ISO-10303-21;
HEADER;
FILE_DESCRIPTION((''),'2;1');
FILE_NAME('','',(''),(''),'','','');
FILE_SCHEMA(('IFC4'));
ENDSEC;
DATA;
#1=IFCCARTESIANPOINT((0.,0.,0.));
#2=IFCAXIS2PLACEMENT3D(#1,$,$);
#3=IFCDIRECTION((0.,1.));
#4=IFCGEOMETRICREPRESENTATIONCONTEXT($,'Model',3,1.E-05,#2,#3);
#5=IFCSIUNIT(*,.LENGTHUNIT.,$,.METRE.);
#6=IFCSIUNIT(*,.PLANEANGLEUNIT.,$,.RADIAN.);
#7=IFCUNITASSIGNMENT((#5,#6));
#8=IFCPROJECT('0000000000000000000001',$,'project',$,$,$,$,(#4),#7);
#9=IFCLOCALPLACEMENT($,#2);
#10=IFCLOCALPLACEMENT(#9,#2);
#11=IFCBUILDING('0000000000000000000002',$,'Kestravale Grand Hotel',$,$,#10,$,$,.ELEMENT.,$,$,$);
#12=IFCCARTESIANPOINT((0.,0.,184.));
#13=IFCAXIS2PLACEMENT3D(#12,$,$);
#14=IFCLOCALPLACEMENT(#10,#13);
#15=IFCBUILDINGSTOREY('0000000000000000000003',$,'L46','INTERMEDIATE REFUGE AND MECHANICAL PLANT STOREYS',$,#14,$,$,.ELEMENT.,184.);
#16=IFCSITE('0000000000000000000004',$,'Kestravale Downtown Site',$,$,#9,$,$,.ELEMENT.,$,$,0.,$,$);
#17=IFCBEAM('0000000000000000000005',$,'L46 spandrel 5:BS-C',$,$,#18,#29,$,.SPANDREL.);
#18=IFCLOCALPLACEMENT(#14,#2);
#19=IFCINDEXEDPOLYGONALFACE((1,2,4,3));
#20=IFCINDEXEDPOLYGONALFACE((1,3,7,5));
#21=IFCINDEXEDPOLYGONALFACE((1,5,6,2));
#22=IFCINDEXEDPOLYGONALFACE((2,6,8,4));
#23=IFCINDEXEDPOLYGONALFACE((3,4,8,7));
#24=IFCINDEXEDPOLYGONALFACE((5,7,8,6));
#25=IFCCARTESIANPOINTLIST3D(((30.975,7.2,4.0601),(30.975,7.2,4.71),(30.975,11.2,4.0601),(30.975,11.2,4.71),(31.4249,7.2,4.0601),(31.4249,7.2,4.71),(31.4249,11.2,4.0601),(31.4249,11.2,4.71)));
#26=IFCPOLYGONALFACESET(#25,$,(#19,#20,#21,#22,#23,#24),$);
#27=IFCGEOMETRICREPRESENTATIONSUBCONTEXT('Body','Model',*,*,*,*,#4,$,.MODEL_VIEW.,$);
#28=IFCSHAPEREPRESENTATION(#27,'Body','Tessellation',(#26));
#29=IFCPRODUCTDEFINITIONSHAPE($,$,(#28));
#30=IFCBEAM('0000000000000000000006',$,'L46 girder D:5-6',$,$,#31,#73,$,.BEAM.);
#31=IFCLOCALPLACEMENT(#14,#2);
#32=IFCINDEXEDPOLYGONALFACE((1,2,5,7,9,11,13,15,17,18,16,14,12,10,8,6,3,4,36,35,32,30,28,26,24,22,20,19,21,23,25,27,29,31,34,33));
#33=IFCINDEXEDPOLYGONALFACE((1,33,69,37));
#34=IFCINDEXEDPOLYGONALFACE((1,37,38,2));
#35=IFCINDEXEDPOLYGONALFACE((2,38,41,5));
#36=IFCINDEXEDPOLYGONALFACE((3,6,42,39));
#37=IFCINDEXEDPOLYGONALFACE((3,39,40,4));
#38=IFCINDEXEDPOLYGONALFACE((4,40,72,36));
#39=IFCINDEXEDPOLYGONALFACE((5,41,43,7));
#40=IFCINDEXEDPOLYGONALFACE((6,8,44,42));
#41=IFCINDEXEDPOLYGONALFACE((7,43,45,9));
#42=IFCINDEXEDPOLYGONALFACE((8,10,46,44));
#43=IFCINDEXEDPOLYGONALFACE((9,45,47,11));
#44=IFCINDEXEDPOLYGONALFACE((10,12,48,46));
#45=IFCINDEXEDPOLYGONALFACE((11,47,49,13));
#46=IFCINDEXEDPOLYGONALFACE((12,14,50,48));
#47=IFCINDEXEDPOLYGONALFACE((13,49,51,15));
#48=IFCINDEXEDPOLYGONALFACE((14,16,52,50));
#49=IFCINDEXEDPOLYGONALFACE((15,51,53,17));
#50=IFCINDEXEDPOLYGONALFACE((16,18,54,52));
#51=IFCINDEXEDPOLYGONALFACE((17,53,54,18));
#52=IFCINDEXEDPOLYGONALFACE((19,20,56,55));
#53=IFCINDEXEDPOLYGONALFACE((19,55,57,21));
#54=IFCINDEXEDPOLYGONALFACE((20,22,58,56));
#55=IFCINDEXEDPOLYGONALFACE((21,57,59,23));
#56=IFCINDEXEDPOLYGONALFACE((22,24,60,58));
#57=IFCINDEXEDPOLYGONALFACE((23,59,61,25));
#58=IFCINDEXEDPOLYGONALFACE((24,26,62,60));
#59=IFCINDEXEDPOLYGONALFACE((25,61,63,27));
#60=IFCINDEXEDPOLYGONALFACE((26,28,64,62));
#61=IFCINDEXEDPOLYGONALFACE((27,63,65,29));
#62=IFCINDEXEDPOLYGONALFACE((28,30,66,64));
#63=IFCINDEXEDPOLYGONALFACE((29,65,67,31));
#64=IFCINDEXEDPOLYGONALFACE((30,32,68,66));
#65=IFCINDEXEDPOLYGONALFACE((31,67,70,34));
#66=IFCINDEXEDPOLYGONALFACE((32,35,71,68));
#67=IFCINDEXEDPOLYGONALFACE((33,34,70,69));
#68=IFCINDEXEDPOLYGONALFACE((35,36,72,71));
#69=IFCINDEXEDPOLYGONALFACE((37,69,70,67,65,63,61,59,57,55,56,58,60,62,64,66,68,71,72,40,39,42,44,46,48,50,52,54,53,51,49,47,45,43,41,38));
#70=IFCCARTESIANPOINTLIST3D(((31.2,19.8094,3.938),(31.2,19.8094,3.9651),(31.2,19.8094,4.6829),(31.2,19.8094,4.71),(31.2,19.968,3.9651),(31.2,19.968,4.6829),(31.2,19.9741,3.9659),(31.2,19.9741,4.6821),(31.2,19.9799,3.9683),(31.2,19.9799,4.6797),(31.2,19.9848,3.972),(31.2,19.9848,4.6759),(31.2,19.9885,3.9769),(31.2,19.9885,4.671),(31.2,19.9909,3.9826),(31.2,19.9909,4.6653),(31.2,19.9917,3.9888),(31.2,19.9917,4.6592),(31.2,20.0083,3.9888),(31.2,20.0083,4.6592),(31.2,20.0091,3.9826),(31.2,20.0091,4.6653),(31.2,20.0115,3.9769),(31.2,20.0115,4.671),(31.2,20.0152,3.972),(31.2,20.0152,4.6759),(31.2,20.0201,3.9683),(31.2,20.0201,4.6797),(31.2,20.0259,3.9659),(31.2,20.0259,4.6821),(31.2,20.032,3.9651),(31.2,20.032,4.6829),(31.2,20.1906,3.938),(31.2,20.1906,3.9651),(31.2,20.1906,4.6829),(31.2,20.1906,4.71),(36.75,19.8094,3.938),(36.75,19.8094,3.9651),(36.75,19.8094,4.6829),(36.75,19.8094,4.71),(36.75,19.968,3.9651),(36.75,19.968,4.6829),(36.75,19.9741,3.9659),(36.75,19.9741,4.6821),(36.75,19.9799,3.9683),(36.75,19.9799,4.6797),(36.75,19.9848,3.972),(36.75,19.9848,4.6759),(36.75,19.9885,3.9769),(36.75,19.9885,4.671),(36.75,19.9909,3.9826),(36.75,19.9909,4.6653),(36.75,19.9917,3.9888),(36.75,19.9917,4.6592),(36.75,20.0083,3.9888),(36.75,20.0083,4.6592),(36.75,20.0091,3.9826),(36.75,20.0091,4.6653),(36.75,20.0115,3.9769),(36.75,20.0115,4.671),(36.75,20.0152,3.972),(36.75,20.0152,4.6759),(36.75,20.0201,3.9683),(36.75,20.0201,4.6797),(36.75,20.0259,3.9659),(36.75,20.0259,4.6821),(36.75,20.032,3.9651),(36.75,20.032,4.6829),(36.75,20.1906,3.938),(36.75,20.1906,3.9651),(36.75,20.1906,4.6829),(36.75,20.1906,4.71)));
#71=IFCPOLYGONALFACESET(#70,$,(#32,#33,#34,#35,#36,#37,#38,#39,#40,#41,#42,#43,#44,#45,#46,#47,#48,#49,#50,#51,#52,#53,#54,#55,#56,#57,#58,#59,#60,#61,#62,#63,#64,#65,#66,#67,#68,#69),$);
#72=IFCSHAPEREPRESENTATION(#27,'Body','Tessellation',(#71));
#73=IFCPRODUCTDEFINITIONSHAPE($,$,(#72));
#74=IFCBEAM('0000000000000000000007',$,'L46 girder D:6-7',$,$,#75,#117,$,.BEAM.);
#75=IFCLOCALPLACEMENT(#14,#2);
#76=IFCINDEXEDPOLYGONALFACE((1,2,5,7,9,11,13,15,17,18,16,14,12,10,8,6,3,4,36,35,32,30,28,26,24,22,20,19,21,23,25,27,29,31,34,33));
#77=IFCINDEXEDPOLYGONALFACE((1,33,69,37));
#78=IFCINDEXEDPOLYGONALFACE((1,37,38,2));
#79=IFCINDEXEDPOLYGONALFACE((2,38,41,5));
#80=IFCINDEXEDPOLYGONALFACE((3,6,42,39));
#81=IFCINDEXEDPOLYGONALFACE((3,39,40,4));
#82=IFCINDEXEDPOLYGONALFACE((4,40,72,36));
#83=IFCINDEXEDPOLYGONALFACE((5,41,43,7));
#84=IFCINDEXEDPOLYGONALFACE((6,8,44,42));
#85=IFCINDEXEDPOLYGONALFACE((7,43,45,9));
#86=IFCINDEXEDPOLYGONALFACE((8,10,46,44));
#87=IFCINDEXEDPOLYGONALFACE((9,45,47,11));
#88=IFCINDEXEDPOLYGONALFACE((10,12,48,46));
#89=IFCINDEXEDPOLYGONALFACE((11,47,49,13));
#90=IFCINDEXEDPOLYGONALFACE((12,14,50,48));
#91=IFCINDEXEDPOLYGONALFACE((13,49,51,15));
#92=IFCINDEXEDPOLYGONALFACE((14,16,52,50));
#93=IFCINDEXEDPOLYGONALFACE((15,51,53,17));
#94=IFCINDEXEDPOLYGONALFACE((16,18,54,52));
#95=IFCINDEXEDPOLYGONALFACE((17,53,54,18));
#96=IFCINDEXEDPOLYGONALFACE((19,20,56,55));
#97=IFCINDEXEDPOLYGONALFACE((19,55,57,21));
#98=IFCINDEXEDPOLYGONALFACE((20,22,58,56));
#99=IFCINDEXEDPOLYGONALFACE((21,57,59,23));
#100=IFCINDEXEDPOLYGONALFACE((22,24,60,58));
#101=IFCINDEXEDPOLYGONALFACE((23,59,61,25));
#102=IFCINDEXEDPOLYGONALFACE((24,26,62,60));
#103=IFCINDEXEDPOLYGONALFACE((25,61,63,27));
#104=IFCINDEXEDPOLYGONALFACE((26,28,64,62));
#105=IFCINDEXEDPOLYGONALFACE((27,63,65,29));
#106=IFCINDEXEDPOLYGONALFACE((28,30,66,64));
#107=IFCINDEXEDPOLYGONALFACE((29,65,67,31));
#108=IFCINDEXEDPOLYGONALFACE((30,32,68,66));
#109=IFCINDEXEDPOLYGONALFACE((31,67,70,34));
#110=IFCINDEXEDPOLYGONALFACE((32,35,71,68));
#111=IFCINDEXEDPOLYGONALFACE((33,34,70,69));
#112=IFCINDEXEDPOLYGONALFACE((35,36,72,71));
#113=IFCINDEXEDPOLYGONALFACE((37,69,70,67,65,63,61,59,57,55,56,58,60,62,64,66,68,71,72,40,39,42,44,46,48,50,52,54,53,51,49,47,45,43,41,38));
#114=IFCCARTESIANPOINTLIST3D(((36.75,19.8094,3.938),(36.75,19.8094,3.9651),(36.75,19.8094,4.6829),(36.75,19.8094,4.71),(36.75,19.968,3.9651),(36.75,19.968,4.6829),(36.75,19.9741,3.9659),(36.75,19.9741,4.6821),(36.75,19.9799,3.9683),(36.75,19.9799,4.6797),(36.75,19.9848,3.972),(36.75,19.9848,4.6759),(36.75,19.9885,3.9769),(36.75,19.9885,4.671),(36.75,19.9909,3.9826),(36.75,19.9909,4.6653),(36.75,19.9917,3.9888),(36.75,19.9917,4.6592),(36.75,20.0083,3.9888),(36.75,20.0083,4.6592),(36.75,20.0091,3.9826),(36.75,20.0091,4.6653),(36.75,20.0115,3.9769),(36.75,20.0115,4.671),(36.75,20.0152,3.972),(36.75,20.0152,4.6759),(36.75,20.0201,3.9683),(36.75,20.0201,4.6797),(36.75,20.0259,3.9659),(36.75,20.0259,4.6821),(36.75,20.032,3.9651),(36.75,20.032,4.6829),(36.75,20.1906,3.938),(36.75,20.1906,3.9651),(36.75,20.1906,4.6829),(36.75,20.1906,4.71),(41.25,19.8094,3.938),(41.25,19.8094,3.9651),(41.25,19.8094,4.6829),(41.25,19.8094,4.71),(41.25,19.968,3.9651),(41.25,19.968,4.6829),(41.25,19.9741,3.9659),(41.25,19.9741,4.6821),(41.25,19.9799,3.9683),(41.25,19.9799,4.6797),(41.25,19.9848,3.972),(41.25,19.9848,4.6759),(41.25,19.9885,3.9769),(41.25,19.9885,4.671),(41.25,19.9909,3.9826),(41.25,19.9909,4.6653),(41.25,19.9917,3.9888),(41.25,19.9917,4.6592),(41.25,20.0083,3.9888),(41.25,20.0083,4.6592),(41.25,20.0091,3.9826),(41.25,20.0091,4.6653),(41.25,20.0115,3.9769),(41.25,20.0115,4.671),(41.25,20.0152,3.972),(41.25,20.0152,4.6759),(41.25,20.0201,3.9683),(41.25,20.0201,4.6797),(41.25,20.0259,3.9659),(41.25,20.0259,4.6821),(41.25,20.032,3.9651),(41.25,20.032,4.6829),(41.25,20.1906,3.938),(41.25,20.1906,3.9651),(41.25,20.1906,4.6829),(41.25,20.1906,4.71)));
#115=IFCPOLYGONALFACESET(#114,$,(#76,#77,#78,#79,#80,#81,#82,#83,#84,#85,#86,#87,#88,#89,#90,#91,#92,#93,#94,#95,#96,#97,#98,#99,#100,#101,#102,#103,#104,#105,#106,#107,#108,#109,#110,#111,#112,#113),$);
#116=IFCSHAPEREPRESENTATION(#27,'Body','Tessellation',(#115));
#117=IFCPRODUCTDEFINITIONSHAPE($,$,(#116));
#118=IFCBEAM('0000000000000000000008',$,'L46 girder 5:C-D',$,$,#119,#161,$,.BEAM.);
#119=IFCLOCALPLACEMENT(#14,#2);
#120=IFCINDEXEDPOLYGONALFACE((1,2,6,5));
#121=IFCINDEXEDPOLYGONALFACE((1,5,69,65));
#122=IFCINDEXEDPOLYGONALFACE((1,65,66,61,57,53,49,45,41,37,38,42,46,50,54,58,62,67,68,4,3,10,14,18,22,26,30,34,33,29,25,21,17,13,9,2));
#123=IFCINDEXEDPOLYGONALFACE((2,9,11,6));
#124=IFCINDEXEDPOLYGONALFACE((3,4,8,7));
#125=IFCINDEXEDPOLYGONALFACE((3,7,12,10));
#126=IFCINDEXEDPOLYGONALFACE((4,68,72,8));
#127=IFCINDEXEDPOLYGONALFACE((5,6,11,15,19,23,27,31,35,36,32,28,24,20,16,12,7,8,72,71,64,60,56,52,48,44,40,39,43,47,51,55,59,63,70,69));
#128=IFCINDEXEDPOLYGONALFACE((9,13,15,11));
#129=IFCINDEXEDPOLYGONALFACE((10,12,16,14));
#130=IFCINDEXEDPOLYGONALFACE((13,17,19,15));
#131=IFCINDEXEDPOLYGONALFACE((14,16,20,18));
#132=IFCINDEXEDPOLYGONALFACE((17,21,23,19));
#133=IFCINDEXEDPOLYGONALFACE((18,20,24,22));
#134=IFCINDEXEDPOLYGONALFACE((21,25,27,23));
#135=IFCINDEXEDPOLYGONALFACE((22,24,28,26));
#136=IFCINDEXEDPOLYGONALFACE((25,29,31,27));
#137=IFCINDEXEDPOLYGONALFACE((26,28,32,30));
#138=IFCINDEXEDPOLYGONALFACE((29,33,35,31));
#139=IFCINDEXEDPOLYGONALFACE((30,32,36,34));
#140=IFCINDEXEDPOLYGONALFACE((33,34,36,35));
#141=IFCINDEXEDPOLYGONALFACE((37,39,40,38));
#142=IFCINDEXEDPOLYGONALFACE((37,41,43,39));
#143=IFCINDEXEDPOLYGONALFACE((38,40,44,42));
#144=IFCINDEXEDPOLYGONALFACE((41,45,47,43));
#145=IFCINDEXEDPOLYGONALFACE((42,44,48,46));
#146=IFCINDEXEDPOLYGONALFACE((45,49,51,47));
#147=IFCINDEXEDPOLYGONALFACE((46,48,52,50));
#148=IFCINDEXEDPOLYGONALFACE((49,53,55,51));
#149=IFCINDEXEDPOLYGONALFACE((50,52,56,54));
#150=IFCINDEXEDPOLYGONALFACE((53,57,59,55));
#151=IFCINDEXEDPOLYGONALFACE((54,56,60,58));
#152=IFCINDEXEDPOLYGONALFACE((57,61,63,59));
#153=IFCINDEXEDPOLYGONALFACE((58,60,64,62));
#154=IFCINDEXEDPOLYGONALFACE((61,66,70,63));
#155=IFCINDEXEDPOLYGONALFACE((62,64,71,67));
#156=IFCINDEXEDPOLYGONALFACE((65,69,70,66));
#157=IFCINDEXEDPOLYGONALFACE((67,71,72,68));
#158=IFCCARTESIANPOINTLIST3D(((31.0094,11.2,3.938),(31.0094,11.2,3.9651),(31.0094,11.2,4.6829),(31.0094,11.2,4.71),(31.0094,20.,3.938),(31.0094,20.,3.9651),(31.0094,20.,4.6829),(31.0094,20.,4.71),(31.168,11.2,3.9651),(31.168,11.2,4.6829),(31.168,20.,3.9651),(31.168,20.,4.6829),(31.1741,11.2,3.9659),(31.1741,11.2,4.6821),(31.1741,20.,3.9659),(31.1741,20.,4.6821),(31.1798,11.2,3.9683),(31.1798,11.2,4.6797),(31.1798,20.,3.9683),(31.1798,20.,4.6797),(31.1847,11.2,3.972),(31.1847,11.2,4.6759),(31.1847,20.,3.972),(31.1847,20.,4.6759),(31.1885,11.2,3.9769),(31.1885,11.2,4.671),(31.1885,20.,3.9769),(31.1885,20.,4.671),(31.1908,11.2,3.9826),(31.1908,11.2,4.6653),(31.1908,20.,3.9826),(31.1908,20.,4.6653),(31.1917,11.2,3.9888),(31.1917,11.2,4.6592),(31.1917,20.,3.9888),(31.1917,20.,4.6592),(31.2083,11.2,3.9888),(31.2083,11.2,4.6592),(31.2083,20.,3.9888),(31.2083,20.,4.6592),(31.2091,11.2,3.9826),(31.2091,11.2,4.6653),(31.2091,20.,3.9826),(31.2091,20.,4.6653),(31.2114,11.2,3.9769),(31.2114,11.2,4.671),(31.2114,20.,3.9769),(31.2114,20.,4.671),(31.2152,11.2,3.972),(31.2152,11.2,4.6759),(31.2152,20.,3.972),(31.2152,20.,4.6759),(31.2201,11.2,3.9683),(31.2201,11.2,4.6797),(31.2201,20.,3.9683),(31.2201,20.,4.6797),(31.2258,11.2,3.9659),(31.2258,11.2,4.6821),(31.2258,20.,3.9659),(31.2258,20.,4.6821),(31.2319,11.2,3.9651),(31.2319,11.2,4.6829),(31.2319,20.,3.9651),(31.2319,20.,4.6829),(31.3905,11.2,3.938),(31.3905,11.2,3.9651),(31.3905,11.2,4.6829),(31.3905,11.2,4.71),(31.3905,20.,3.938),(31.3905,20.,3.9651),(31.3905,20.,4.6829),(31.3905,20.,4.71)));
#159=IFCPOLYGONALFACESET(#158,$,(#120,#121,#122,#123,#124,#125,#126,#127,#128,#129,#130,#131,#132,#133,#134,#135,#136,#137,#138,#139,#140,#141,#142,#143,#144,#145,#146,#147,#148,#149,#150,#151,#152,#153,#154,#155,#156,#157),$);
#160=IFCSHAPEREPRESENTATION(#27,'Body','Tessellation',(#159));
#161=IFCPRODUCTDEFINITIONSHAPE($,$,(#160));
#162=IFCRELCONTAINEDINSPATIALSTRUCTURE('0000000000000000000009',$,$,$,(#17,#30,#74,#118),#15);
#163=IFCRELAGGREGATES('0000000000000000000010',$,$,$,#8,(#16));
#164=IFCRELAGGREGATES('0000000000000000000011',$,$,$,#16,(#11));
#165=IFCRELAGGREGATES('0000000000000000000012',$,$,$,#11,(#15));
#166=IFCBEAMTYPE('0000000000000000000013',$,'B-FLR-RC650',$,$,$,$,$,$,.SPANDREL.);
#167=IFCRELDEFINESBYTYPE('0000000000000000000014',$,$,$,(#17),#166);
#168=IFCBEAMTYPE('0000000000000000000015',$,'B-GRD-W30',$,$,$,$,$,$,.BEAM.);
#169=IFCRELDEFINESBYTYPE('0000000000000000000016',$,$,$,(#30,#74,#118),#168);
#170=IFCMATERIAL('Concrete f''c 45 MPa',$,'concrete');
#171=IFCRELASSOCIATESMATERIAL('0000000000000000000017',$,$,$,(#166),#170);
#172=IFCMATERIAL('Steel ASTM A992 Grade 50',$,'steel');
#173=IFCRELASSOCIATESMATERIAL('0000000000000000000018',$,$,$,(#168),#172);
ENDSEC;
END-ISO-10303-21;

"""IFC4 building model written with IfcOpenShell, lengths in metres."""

from ifc_helpers import new_model, si_unit, direction, frame, origin, origin_2d, place, context, subcontext, project, spatial, rectangle, i_section, extrude, material, material_profile, profile_set, type_object, element, save


model = new_model("IFC4")

# Units and contexts
model_context = context("Model", 3, precision=1e-05, world=origin(), true_north=direction((0.0, 1.0)))
body_context = subcontext(model_context, "Body", "Model", "MODEL_VIEW")
ifc_project = project(units=[si_unit("LENGTHUNIT", "METRE"), si_unit("PLANEANGLEUNIT", "RADIAN")], contexts=[model_context])

# Site, building, storey
site_placement = place(None, origin())
site = spatial("IfcSite", under=ifc_project, at=site_placement, Name="Kestravale Downtown Site", CompositionType="ELEMENT", RefElevation=0.0)
building_placement = place(site_placement, origin())
building = spatial("IfcBuilding", under=site, at=building_placement, Name="Kestravale Grand Hotel", CompositionType="ELEMENT")
storey_placement = place(building_placement, frame((0.0, 0.0, 184.0)))
storey = spatial("IfcBuildingStorey", under=building, at=storey_placement, Name="L46", Description="INTERMEDIATE REFUGE AND MECHANICAL PLANT STOREYS", CompositionType="ELEMENT", Elevation=184.0)

# Beams
ifc_material_1 = material(Name="Concrete f'c 45 MPa", Category="concrete")
ifc_material_profile_1 = material_profile(ifc_material_1, rectangle(XDim=0.45, YDim=0.6499, at=origin_2d()))
ifc_profile_set_1 = profile_set([ifc_material_profile_1], Name="Concrete f'c 45 MPa")
beam_type_1 = type_object("IfcBeamType", Name="B-FLR-RC650", PredefinedType="SPANDREL", material=ifc_profile_set_1)
beam_1_placement = place(storey_placement, frame((31.2, 7.2, 4.385), z_axis=(0.0, 1.0, 0.0), x_axis=(-1.0, 0.0, 0.0)))
element("IfcBeam", 1, at=beam_1_placement, inside=storey, type_object=beam_type_1, Name="L46 spandrel 5:BS-C", PredefinedType="SPANDREL", context=body_context, shape_type="SweptSolid", body=[
    extrude(rectangle(XDim=0.45, YDim=0.6499, at=origin_2d()), origin(), (0.0, 0.0, 1.0), 4.0),
])
ifc_material_2 = material(Name="Steel ASTM A992 Grade 50", Category="steel")
ifc_material_profile_2 = material_profile(ifc_material_2, i_section(OverallWidth=0.3811, OverallDepth=0.772, WebThickness=0.0166, FlangeThickness=0.0271, FilletRadius=0.0237, at=origin_2d()))
ifc_profile_set_2 = profile_set([ifc_material_profile_2], Name="Steel ASTM A992 Grade 50")
beam_type_2 = type_object("IfcBeamType", Name="B-GRD-W30", PredefinedType="BEAM", material=ifc_profile_set_2)
beam_2_placement = place(storey_placement, frame((31.2, 20.0, 4.324), z_axis=(1.0, 0.0, 0.0), x_axis=(0.0, 1.0, 0.0)))
element("IfcBeam", 2, at=beam_2_placement, inside=storey, type_object=beam_type_2, Name="L46 girder D:5-6", PredefinedType="BEAM", context=body_context, shape_type="SweptSolid", body=[
    extrude(i_section(OverallWidth=0.3811, OverallDepth=0.772, WebThickness=0.0166, FlangeThickness=0.0271, FilletRadius=0.0237, at=origin_2d()), origin(), (0.0, 0.0, 1.0), 5.55),
])
beam_3_placement = place(storey_placement, frame((36.75, 20.0, 4.324), z_axis=(1.0, 0.0, 0.0), x_axis=(0.0, 1.0, 0.0)))
element("IfcBeam", 3, at=beam_3_placement, inside=storey, type_object=beam_type_2, Name="L46 girder D:6-7", PredefinedType="BEAM", context=body_context, shape_type="SweptSolid", body=[
    extrude(i_section(OverallWidth=0.3811, OverallDepth=0.772, WebThickness=0.0166, FlangeThickness=0.0271, FilletRadius=0.0237, at=origin_2d()), origin(), (0.0, 0.0, 1.0), 4.5),
])
beam_4_placement = place(storey_placement, frame((31.2, 11.2, 4.324), z_axis=(0.0, 1.0, 0.0), x_axis=(-1.0, 0.0, 0.0)))
element("IfcBeam", 4, at=beam_4_placement, inside=storey, type_object=beam_type_2, Name="L46 girder 5:C-D", PredefinedType="BEAM", context=body_context, shape_type="SweptSolid", body=[
    extrude(i_section(OverallWidth=0.3811, OverallDepth=0.772, WebThickness=0.0166, FlangeThickness=0.0271, FilletRadius=0.0237, at=origin_2d()), origin(), (0.0, 0.0, 1.0), 8.8),
])

save(model, "model.ifc")
